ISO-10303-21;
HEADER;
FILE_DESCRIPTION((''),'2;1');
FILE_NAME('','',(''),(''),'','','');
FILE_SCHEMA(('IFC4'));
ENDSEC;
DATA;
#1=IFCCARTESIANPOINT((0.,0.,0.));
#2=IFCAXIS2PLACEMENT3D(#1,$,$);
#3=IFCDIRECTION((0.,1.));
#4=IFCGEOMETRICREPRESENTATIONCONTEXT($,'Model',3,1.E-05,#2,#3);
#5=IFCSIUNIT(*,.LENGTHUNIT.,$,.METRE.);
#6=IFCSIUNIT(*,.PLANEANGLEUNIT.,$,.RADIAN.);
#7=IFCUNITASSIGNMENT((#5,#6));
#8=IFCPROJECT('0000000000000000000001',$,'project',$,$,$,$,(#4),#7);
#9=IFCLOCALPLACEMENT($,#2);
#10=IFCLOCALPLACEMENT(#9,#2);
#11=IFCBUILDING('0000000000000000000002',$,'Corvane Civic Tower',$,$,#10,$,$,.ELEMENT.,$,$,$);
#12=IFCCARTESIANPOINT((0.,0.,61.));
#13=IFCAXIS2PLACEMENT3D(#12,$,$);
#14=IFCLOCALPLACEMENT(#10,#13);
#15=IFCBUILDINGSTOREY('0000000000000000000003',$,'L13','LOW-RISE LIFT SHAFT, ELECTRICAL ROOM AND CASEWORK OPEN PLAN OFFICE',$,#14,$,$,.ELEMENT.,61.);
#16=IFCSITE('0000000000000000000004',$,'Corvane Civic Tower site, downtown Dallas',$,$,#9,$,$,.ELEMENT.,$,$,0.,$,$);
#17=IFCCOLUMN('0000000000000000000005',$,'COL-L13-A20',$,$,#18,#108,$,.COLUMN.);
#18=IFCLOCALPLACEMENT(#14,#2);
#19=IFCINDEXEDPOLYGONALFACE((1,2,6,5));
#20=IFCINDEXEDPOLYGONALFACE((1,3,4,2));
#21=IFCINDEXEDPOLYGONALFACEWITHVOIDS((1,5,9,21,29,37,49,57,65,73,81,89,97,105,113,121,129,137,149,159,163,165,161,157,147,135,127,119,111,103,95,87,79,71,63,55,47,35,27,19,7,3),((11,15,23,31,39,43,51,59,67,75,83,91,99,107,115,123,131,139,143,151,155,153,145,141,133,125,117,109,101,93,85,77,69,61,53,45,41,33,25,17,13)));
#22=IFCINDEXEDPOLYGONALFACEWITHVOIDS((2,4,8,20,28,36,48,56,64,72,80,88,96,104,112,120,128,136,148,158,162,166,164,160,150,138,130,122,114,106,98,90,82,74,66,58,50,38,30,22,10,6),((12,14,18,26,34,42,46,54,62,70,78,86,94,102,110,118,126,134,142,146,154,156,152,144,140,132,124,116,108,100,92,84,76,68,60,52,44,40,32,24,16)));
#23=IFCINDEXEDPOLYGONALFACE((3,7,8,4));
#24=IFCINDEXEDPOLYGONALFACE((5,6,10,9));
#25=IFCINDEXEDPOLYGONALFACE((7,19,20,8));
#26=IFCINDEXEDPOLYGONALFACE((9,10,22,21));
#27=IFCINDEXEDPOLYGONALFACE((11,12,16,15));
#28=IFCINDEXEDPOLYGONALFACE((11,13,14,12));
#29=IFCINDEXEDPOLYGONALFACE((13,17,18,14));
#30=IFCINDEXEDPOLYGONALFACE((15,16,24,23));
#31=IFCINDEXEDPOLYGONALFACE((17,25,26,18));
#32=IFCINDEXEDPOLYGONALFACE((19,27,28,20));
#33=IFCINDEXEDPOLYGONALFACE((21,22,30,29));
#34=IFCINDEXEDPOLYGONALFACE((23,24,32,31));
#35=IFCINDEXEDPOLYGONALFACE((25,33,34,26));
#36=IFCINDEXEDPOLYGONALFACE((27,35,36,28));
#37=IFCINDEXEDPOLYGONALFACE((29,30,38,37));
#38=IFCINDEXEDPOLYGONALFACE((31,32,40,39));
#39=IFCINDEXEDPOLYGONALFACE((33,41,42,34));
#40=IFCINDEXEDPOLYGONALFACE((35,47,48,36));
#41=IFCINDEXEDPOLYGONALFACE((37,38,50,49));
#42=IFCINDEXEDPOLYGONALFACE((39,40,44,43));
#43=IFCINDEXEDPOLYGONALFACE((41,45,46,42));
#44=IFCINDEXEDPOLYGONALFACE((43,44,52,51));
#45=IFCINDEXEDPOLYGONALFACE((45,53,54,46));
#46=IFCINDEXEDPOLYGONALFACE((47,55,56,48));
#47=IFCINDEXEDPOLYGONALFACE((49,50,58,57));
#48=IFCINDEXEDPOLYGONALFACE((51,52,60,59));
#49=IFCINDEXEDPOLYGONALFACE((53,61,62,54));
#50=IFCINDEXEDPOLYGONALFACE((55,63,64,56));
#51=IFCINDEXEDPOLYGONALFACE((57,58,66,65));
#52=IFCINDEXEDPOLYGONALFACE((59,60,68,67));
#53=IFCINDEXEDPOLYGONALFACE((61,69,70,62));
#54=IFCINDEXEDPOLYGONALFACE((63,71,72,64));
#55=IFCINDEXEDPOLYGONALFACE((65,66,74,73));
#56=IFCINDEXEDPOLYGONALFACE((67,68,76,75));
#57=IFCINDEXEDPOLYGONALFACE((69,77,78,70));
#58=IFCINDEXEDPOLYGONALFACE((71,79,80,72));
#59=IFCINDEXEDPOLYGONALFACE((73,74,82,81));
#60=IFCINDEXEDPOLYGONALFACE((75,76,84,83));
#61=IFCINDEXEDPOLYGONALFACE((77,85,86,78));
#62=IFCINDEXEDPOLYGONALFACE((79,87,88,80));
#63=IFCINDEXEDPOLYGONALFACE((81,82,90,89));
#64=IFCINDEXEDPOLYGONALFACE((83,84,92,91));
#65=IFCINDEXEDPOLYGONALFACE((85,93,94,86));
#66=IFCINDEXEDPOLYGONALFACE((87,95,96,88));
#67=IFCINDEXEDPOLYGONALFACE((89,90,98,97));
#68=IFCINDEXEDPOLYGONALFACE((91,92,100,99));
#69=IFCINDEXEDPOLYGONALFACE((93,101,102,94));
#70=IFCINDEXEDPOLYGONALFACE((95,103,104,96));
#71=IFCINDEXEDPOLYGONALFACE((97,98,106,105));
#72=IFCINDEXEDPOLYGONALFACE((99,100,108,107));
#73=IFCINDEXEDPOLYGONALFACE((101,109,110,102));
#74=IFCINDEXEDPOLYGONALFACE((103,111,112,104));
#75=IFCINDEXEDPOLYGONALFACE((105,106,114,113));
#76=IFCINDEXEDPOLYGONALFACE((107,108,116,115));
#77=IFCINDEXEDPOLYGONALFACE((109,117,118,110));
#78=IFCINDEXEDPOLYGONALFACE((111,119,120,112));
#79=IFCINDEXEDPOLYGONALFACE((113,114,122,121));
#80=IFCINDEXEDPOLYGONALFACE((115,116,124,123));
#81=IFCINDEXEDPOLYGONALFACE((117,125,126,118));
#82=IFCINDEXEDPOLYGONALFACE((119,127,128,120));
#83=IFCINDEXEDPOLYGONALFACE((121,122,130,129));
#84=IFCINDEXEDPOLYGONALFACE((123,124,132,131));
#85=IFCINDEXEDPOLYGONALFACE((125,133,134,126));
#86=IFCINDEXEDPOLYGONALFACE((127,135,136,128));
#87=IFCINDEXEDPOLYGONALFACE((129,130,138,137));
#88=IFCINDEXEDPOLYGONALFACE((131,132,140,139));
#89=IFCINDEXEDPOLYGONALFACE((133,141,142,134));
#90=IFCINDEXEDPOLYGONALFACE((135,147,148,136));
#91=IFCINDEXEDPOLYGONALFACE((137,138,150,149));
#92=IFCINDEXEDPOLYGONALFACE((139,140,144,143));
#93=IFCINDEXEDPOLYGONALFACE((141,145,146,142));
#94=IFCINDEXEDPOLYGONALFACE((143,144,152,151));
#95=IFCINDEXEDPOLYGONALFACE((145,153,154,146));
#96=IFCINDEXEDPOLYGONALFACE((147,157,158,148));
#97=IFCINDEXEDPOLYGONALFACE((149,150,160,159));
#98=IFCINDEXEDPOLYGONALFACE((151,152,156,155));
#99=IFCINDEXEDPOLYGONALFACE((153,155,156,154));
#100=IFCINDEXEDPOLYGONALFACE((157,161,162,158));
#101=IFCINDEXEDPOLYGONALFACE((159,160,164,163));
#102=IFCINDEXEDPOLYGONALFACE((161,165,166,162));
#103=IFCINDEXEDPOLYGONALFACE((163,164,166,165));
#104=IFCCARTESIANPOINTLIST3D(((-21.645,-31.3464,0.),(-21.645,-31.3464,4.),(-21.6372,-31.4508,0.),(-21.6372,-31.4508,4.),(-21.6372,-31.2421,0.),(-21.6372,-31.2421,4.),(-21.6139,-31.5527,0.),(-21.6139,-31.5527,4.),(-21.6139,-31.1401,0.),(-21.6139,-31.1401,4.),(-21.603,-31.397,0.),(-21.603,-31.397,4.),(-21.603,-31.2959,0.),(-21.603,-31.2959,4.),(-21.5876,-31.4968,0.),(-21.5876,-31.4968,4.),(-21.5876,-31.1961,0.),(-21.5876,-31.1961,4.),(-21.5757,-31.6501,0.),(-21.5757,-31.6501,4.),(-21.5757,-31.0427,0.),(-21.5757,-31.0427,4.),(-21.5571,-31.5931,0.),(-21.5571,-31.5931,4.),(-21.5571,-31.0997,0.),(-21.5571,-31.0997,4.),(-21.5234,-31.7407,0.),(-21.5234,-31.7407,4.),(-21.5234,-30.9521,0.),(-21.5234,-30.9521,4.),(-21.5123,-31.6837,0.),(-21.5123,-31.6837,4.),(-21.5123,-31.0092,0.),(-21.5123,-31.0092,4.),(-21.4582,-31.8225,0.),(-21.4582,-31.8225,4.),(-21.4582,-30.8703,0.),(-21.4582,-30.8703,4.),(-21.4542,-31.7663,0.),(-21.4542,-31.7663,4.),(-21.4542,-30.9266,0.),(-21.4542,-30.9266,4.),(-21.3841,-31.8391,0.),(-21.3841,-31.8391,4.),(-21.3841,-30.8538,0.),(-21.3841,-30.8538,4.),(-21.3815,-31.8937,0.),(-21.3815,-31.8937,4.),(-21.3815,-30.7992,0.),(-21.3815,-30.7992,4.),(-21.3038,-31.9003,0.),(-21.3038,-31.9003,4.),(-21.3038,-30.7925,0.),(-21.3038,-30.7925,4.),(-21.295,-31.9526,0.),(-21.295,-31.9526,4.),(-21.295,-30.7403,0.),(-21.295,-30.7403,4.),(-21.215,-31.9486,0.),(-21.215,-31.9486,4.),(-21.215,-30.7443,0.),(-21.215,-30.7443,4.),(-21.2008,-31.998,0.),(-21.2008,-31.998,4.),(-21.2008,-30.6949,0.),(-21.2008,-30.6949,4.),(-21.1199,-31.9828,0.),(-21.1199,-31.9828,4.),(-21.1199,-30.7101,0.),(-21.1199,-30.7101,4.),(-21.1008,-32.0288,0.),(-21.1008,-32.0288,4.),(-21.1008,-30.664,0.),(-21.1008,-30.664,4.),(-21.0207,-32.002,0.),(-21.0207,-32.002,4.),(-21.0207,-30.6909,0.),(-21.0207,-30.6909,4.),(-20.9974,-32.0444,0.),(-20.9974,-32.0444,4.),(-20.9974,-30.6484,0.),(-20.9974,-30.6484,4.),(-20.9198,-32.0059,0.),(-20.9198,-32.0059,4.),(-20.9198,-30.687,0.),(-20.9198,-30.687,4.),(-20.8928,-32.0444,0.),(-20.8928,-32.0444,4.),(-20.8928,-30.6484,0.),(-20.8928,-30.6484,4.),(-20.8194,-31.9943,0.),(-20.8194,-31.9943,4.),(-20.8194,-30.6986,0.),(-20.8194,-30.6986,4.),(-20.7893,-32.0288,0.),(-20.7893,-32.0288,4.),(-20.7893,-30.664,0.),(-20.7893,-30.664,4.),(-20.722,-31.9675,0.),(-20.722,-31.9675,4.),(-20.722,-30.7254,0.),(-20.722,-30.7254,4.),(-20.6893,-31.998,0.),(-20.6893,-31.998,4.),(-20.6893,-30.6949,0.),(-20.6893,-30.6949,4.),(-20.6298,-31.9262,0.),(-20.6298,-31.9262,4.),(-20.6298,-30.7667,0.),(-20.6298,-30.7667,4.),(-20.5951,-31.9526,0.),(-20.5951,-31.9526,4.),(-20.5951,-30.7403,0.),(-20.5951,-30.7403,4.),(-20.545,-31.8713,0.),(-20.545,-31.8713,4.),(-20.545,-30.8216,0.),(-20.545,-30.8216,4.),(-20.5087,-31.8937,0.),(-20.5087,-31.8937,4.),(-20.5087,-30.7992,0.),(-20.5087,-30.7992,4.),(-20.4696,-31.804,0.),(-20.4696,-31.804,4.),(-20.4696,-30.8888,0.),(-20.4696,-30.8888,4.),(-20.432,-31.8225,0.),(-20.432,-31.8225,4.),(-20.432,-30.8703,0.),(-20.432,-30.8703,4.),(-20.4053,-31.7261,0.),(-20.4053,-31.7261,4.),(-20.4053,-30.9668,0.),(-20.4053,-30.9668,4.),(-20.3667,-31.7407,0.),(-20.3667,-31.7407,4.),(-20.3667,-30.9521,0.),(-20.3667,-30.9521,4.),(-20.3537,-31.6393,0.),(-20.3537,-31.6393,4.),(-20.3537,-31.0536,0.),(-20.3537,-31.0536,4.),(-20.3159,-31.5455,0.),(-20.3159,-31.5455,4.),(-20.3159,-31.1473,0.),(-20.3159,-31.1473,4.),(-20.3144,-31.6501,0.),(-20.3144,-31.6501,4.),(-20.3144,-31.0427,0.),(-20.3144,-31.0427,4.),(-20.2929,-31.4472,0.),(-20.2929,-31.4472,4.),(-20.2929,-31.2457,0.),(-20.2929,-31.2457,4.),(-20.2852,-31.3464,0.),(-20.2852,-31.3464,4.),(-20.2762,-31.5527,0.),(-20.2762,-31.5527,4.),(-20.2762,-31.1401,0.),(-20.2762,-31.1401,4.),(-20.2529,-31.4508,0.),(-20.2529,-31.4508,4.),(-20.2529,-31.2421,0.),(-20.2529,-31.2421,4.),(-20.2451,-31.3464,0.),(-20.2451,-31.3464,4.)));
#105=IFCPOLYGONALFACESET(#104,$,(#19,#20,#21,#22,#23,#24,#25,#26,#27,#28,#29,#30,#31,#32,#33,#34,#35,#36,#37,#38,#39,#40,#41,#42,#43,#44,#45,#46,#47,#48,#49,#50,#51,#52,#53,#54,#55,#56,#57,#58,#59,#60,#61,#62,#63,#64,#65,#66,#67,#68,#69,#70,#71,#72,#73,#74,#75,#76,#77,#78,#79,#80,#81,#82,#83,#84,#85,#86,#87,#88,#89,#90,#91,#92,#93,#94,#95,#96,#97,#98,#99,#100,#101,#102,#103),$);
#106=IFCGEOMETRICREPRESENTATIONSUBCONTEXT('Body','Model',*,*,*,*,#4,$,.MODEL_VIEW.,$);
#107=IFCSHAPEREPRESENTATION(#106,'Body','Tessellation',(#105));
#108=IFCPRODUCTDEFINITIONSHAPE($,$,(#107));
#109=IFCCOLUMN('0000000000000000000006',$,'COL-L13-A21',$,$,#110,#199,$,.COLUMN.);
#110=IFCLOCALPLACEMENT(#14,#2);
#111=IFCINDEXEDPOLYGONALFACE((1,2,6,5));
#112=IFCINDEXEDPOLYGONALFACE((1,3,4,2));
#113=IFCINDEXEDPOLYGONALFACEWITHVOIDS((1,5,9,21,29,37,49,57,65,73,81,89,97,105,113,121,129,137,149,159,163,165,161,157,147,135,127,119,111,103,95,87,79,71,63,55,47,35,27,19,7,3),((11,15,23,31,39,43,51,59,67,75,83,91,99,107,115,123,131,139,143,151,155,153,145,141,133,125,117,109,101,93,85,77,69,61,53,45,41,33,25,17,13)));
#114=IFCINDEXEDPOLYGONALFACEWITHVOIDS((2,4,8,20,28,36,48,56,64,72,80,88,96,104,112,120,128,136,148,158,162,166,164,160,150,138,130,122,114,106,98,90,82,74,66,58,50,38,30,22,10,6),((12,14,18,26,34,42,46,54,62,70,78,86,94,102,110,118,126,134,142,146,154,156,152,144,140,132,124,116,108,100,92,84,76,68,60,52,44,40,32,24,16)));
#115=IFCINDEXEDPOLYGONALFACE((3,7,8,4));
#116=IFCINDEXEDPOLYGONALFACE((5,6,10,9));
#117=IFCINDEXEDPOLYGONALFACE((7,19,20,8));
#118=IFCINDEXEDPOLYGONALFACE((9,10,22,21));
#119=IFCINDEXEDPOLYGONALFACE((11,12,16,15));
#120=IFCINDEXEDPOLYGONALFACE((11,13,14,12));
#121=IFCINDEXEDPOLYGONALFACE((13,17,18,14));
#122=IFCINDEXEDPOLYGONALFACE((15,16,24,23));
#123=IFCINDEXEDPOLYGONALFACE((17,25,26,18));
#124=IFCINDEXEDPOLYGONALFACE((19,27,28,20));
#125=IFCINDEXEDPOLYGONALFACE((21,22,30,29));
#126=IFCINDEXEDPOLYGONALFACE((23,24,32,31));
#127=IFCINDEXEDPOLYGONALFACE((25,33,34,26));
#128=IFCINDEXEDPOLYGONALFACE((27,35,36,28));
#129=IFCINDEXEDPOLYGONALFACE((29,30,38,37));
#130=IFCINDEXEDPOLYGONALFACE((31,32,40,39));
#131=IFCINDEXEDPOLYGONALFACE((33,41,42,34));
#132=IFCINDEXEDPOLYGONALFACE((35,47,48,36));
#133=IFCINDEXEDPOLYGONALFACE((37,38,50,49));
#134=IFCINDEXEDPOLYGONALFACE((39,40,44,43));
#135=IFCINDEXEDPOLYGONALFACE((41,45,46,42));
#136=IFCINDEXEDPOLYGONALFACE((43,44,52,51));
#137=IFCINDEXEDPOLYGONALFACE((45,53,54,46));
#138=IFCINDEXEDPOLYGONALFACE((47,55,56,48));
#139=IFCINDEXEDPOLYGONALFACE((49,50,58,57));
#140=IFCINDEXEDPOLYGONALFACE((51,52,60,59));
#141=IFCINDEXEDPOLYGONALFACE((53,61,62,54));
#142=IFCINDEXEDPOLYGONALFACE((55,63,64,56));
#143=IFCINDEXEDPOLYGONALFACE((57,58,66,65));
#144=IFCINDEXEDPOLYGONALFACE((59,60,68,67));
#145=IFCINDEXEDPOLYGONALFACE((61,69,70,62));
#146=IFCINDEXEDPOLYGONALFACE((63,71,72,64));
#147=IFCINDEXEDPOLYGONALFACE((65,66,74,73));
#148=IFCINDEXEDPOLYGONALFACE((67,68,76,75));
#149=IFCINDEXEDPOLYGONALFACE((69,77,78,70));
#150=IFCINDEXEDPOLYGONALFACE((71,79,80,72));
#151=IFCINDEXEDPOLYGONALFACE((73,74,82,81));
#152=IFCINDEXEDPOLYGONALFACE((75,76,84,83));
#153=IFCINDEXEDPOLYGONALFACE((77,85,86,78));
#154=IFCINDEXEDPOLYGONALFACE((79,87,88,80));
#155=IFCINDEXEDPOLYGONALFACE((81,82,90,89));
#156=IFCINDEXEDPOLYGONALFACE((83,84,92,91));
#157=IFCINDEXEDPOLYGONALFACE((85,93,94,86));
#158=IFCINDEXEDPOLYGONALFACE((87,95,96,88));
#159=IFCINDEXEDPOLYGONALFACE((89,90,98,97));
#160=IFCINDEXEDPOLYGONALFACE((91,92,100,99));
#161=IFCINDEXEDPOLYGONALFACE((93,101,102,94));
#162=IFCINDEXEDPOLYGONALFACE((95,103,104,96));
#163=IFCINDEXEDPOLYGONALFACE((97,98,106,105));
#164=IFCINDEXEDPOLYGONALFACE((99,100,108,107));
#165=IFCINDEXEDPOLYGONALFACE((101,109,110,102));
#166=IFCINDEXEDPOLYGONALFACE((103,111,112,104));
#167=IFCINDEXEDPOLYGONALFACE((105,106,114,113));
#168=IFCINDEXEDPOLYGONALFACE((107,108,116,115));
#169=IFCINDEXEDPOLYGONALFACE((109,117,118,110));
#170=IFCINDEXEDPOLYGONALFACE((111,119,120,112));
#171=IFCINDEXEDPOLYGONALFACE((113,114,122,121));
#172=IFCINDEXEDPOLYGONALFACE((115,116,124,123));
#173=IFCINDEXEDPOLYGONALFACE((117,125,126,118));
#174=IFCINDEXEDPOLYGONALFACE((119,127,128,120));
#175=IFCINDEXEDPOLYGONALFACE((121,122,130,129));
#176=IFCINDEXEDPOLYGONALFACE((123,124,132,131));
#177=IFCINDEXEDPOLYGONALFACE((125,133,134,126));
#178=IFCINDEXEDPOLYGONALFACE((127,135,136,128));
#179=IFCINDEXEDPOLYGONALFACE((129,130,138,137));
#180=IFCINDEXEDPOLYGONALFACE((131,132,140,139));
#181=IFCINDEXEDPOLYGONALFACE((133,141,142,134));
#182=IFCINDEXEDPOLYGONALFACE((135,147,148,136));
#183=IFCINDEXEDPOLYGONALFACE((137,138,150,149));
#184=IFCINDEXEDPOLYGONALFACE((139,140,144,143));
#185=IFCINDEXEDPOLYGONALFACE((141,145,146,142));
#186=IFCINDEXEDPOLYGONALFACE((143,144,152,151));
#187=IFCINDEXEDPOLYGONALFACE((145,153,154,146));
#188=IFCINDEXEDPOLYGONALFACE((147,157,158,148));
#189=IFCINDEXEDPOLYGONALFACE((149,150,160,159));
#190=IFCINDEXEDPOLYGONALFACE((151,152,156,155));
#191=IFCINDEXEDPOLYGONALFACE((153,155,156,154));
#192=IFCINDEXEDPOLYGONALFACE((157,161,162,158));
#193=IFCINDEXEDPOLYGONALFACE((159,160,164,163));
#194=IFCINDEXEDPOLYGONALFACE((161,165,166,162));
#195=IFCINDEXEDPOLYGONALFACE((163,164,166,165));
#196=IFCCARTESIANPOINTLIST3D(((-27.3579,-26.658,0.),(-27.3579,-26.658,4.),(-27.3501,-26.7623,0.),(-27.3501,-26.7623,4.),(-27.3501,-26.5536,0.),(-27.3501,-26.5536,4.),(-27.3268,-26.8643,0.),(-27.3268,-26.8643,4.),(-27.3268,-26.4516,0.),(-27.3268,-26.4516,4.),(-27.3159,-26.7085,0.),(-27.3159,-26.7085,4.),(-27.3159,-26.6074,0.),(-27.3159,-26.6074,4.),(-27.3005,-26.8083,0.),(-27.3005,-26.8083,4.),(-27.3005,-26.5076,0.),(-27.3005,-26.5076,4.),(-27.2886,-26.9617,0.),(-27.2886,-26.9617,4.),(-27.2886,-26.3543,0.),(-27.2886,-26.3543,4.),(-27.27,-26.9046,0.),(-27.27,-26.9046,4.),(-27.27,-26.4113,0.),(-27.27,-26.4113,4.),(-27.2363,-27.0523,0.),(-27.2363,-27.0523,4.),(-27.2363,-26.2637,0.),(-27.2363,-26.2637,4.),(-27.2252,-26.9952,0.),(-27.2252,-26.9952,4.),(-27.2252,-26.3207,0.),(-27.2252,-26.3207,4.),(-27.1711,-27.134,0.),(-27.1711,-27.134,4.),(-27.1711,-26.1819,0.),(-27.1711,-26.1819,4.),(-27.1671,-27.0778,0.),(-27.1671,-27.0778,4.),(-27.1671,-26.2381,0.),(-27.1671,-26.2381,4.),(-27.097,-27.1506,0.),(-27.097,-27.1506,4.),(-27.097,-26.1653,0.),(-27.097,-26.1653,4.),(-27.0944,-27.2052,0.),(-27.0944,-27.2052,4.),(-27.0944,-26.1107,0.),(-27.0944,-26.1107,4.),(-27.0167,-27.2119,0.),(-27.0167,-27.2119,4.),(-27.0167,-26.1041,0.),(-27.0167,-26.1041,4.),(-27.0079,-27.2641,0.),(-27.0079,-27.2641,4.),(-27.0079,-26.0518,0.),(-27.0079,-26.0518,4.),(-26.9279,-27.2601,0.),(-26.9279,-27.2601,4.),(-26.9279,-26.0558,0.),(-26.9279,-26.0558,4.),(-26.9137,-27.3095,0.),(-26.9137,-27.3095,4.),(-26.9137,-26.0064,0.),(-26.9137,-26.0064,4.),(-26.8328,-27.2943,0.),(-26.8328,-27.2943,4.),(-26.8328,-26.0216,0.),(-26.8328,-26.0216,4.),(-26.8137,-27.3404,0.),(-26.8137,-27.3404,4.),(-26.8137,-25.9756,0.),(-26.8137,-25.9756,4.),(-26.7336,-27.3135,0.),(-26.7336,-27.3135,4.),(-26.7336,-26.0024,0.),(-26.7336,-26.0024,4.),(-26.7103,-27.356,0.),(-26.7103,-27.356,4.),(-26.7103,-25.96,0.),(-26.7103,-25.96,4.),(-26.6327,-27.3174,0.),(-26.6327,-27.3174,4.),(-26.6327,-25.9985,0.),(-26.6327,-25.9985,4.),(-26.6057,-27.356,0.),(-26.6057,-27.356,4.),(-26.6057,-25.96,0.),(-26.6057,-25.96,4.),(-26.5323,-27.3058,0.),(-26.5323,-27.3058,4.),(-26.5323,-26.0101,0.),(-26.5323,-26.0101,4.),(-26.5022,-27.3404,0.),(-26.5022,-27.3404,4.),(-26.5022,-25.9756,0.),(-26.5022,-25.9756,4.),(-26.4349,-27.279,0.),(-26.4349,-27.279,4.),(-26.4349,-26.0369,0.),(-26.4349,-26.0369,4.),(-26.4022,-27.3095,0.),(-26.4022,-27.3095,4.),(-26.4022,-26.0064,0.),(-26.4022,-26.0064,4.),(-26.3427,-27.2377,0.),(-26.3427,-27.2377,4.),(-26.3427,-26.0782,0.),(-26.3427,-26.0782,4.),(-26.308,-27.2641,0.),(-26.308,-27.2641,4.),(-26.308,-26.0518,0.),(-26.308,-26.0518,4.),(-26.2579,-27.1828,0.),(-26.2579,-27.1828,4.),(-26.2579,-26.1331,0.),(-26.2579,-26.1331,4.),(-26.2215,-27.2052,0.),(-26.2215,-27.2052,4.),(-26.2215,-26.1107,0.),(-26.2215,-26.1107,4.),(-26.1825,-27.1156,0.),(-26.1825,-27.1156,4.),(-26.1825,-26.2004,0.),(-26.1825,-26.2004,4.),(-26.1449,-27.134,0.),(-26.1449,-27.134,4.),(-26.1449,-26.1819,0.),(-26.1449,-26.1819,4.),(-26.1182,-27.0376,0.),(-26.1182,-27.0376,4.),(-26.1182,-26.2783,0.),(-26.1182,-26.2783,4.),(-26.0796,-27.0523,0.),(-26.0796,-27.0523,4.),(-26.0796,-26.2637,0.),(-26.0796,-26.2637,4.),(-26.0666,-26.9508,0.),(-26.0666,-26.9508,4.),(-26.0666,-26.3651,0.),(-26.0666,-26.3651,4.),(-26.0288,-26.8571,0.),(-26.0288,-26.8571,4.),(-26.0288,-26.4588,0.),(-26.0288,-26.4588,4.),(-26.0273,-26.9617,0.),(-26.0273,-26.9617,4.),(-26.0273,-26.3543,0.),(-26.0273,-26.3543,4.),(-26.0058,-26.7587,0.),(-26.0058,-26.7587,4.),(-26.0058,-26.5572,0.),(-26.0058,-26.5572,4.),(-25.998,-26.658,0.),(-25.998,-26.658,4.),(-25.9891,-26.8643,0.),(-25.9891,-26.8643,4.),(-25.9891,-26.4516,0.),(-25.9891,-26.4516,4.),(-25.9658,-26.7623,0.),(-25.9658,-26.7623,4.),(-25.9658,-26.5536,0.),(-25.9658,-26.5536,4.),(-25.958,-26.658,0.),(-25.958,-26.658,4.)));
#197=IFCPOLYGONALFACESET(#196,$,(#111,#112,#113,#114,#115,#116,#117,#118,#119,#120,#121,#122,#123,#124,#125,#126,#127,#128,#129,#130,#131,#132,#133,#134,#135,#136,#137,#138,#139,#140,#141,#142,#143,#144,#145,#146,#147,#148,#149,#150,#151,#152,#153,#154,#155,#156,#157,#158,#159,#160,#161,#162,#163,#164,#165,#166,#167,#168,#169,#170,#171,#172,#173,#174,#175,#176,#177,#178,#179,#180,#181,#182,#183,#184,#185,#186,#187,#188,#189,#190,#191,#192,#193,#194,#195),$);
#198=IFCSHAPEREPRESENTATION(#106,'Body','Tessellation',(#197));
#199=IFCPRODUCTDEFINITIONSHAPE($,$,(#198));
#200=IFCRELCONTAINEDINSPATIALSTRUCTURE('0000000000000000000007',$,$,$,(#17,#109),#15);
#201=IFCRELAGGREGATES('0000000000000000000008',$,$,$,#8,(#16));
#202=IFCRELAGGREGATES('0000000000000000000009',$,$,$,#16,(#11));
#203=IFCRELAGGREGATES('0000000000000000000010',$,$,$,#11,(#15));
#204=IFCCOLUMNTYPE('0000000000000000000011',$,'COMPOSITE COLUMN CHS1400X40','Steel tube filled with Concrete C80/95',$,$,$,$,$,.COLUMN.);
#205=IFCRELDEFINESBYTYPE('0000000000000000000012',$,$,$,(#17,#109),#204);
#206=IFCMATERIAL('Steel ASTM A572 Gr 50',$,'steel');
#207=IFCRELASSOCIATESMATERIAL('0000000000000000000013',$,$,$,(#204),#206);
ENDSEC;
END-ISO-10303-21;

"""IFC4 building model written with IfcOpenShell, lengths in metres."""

from ifc_helpers import new_model, si_unit, direction, frame, origin, origin_2d, place, context, subcontext, project, spatial, hollow_circle, extrude, material, material_profile, profile_set, type_object, element, save


model = new_model("IFC4")

# Units and contexts
model_context = context("Model", 3, precision=1e-05, world=origin(), true_north=direction((0.0, 1.0)))
body_context = subcontext(model_context, "Body", "Model", "MODEL_VIEW")
ifc_project = project(units=[si_unit("LENGTHUNIT", "METRE"), si_unit("PLANEANGLEUNIT", "RADIAN")], contexts=[model_context])

# Site, building, storey
site_placement = place(None, origin())
site = spatial("IfcSite", under=ifc_project, at=site_placement, Name="Corvane Civic Tower site, downtown Dallas", CompositionType="ELEMENT", RefElevation=0.0)
building_placement = place(site_placement, origin())
building = spatial("IfcBuilding", under=site, at=building_placement, Name="Corvane Civic Tower", CompositionType="ELEMENT")
storey_placement = place(building_placement, frame((0.0, 0.0, 61.0)))
storey = spatial("IfcBuildingStorey", under=building, at=storey_placement, Name="L13", Description="LOW-RISE LIFT SHAFT, ELECTRICAL ROOM AND CASEWORK OPEN PLAN OFFICE", CompositionType="ELEMENT", Elevation=61.0)

# Columns
ifc_material_1 = material(Name="Steel ASTM A572 Gr 50", Category="steel")
ifc_material_profile_1 = material_profile(ifc_material_1, hollow_circle(Radius=0.7, WallThickness=0.04, at=origin_2d()), Name="CHS1400X40")
ifc_profile_set_1 = profile_set([ifc_material_profile_1], Name="Steel ASTM A572 Gr 50")
column_type = type_object("IfcColumnType", Name="COMPOSITE COLUMN CHS1400X40", Description="Steel tube filled with Concrete C80/95", PredefinedType="COLUMN", material=ifc_profile_set_1)
for number, where, z_axis, x_axis, name in (
    (1, (-20.9451, -31.3464, 0.0), (0.0, 0.0, 1.0), (1.0, 0.0, 0.0), "COL-L13-A20"),
    (2, (-26.658, -26.658, 0.0), (0.0, 0.0, 1.0), (1.0, 0.0, 0.0), "COL-L13-A21"),
):
    element("IfcColumn", number, at=place(storey_placement, frame(where, z_axis=z_axis, x_axis=x_axis)), inside=storey, type_object=column_type, Name=name, PredefinedType="COLUMN", context=body_context, shape_type="SweptSolid", body=[
        extrude(hollow_circle(Radius=0.7, WallThickness=0.04, at=origin_2d()), origin(), (0.0, 0.0, 1.0), 4.0),
    ])

save(model, "model.ifc")
